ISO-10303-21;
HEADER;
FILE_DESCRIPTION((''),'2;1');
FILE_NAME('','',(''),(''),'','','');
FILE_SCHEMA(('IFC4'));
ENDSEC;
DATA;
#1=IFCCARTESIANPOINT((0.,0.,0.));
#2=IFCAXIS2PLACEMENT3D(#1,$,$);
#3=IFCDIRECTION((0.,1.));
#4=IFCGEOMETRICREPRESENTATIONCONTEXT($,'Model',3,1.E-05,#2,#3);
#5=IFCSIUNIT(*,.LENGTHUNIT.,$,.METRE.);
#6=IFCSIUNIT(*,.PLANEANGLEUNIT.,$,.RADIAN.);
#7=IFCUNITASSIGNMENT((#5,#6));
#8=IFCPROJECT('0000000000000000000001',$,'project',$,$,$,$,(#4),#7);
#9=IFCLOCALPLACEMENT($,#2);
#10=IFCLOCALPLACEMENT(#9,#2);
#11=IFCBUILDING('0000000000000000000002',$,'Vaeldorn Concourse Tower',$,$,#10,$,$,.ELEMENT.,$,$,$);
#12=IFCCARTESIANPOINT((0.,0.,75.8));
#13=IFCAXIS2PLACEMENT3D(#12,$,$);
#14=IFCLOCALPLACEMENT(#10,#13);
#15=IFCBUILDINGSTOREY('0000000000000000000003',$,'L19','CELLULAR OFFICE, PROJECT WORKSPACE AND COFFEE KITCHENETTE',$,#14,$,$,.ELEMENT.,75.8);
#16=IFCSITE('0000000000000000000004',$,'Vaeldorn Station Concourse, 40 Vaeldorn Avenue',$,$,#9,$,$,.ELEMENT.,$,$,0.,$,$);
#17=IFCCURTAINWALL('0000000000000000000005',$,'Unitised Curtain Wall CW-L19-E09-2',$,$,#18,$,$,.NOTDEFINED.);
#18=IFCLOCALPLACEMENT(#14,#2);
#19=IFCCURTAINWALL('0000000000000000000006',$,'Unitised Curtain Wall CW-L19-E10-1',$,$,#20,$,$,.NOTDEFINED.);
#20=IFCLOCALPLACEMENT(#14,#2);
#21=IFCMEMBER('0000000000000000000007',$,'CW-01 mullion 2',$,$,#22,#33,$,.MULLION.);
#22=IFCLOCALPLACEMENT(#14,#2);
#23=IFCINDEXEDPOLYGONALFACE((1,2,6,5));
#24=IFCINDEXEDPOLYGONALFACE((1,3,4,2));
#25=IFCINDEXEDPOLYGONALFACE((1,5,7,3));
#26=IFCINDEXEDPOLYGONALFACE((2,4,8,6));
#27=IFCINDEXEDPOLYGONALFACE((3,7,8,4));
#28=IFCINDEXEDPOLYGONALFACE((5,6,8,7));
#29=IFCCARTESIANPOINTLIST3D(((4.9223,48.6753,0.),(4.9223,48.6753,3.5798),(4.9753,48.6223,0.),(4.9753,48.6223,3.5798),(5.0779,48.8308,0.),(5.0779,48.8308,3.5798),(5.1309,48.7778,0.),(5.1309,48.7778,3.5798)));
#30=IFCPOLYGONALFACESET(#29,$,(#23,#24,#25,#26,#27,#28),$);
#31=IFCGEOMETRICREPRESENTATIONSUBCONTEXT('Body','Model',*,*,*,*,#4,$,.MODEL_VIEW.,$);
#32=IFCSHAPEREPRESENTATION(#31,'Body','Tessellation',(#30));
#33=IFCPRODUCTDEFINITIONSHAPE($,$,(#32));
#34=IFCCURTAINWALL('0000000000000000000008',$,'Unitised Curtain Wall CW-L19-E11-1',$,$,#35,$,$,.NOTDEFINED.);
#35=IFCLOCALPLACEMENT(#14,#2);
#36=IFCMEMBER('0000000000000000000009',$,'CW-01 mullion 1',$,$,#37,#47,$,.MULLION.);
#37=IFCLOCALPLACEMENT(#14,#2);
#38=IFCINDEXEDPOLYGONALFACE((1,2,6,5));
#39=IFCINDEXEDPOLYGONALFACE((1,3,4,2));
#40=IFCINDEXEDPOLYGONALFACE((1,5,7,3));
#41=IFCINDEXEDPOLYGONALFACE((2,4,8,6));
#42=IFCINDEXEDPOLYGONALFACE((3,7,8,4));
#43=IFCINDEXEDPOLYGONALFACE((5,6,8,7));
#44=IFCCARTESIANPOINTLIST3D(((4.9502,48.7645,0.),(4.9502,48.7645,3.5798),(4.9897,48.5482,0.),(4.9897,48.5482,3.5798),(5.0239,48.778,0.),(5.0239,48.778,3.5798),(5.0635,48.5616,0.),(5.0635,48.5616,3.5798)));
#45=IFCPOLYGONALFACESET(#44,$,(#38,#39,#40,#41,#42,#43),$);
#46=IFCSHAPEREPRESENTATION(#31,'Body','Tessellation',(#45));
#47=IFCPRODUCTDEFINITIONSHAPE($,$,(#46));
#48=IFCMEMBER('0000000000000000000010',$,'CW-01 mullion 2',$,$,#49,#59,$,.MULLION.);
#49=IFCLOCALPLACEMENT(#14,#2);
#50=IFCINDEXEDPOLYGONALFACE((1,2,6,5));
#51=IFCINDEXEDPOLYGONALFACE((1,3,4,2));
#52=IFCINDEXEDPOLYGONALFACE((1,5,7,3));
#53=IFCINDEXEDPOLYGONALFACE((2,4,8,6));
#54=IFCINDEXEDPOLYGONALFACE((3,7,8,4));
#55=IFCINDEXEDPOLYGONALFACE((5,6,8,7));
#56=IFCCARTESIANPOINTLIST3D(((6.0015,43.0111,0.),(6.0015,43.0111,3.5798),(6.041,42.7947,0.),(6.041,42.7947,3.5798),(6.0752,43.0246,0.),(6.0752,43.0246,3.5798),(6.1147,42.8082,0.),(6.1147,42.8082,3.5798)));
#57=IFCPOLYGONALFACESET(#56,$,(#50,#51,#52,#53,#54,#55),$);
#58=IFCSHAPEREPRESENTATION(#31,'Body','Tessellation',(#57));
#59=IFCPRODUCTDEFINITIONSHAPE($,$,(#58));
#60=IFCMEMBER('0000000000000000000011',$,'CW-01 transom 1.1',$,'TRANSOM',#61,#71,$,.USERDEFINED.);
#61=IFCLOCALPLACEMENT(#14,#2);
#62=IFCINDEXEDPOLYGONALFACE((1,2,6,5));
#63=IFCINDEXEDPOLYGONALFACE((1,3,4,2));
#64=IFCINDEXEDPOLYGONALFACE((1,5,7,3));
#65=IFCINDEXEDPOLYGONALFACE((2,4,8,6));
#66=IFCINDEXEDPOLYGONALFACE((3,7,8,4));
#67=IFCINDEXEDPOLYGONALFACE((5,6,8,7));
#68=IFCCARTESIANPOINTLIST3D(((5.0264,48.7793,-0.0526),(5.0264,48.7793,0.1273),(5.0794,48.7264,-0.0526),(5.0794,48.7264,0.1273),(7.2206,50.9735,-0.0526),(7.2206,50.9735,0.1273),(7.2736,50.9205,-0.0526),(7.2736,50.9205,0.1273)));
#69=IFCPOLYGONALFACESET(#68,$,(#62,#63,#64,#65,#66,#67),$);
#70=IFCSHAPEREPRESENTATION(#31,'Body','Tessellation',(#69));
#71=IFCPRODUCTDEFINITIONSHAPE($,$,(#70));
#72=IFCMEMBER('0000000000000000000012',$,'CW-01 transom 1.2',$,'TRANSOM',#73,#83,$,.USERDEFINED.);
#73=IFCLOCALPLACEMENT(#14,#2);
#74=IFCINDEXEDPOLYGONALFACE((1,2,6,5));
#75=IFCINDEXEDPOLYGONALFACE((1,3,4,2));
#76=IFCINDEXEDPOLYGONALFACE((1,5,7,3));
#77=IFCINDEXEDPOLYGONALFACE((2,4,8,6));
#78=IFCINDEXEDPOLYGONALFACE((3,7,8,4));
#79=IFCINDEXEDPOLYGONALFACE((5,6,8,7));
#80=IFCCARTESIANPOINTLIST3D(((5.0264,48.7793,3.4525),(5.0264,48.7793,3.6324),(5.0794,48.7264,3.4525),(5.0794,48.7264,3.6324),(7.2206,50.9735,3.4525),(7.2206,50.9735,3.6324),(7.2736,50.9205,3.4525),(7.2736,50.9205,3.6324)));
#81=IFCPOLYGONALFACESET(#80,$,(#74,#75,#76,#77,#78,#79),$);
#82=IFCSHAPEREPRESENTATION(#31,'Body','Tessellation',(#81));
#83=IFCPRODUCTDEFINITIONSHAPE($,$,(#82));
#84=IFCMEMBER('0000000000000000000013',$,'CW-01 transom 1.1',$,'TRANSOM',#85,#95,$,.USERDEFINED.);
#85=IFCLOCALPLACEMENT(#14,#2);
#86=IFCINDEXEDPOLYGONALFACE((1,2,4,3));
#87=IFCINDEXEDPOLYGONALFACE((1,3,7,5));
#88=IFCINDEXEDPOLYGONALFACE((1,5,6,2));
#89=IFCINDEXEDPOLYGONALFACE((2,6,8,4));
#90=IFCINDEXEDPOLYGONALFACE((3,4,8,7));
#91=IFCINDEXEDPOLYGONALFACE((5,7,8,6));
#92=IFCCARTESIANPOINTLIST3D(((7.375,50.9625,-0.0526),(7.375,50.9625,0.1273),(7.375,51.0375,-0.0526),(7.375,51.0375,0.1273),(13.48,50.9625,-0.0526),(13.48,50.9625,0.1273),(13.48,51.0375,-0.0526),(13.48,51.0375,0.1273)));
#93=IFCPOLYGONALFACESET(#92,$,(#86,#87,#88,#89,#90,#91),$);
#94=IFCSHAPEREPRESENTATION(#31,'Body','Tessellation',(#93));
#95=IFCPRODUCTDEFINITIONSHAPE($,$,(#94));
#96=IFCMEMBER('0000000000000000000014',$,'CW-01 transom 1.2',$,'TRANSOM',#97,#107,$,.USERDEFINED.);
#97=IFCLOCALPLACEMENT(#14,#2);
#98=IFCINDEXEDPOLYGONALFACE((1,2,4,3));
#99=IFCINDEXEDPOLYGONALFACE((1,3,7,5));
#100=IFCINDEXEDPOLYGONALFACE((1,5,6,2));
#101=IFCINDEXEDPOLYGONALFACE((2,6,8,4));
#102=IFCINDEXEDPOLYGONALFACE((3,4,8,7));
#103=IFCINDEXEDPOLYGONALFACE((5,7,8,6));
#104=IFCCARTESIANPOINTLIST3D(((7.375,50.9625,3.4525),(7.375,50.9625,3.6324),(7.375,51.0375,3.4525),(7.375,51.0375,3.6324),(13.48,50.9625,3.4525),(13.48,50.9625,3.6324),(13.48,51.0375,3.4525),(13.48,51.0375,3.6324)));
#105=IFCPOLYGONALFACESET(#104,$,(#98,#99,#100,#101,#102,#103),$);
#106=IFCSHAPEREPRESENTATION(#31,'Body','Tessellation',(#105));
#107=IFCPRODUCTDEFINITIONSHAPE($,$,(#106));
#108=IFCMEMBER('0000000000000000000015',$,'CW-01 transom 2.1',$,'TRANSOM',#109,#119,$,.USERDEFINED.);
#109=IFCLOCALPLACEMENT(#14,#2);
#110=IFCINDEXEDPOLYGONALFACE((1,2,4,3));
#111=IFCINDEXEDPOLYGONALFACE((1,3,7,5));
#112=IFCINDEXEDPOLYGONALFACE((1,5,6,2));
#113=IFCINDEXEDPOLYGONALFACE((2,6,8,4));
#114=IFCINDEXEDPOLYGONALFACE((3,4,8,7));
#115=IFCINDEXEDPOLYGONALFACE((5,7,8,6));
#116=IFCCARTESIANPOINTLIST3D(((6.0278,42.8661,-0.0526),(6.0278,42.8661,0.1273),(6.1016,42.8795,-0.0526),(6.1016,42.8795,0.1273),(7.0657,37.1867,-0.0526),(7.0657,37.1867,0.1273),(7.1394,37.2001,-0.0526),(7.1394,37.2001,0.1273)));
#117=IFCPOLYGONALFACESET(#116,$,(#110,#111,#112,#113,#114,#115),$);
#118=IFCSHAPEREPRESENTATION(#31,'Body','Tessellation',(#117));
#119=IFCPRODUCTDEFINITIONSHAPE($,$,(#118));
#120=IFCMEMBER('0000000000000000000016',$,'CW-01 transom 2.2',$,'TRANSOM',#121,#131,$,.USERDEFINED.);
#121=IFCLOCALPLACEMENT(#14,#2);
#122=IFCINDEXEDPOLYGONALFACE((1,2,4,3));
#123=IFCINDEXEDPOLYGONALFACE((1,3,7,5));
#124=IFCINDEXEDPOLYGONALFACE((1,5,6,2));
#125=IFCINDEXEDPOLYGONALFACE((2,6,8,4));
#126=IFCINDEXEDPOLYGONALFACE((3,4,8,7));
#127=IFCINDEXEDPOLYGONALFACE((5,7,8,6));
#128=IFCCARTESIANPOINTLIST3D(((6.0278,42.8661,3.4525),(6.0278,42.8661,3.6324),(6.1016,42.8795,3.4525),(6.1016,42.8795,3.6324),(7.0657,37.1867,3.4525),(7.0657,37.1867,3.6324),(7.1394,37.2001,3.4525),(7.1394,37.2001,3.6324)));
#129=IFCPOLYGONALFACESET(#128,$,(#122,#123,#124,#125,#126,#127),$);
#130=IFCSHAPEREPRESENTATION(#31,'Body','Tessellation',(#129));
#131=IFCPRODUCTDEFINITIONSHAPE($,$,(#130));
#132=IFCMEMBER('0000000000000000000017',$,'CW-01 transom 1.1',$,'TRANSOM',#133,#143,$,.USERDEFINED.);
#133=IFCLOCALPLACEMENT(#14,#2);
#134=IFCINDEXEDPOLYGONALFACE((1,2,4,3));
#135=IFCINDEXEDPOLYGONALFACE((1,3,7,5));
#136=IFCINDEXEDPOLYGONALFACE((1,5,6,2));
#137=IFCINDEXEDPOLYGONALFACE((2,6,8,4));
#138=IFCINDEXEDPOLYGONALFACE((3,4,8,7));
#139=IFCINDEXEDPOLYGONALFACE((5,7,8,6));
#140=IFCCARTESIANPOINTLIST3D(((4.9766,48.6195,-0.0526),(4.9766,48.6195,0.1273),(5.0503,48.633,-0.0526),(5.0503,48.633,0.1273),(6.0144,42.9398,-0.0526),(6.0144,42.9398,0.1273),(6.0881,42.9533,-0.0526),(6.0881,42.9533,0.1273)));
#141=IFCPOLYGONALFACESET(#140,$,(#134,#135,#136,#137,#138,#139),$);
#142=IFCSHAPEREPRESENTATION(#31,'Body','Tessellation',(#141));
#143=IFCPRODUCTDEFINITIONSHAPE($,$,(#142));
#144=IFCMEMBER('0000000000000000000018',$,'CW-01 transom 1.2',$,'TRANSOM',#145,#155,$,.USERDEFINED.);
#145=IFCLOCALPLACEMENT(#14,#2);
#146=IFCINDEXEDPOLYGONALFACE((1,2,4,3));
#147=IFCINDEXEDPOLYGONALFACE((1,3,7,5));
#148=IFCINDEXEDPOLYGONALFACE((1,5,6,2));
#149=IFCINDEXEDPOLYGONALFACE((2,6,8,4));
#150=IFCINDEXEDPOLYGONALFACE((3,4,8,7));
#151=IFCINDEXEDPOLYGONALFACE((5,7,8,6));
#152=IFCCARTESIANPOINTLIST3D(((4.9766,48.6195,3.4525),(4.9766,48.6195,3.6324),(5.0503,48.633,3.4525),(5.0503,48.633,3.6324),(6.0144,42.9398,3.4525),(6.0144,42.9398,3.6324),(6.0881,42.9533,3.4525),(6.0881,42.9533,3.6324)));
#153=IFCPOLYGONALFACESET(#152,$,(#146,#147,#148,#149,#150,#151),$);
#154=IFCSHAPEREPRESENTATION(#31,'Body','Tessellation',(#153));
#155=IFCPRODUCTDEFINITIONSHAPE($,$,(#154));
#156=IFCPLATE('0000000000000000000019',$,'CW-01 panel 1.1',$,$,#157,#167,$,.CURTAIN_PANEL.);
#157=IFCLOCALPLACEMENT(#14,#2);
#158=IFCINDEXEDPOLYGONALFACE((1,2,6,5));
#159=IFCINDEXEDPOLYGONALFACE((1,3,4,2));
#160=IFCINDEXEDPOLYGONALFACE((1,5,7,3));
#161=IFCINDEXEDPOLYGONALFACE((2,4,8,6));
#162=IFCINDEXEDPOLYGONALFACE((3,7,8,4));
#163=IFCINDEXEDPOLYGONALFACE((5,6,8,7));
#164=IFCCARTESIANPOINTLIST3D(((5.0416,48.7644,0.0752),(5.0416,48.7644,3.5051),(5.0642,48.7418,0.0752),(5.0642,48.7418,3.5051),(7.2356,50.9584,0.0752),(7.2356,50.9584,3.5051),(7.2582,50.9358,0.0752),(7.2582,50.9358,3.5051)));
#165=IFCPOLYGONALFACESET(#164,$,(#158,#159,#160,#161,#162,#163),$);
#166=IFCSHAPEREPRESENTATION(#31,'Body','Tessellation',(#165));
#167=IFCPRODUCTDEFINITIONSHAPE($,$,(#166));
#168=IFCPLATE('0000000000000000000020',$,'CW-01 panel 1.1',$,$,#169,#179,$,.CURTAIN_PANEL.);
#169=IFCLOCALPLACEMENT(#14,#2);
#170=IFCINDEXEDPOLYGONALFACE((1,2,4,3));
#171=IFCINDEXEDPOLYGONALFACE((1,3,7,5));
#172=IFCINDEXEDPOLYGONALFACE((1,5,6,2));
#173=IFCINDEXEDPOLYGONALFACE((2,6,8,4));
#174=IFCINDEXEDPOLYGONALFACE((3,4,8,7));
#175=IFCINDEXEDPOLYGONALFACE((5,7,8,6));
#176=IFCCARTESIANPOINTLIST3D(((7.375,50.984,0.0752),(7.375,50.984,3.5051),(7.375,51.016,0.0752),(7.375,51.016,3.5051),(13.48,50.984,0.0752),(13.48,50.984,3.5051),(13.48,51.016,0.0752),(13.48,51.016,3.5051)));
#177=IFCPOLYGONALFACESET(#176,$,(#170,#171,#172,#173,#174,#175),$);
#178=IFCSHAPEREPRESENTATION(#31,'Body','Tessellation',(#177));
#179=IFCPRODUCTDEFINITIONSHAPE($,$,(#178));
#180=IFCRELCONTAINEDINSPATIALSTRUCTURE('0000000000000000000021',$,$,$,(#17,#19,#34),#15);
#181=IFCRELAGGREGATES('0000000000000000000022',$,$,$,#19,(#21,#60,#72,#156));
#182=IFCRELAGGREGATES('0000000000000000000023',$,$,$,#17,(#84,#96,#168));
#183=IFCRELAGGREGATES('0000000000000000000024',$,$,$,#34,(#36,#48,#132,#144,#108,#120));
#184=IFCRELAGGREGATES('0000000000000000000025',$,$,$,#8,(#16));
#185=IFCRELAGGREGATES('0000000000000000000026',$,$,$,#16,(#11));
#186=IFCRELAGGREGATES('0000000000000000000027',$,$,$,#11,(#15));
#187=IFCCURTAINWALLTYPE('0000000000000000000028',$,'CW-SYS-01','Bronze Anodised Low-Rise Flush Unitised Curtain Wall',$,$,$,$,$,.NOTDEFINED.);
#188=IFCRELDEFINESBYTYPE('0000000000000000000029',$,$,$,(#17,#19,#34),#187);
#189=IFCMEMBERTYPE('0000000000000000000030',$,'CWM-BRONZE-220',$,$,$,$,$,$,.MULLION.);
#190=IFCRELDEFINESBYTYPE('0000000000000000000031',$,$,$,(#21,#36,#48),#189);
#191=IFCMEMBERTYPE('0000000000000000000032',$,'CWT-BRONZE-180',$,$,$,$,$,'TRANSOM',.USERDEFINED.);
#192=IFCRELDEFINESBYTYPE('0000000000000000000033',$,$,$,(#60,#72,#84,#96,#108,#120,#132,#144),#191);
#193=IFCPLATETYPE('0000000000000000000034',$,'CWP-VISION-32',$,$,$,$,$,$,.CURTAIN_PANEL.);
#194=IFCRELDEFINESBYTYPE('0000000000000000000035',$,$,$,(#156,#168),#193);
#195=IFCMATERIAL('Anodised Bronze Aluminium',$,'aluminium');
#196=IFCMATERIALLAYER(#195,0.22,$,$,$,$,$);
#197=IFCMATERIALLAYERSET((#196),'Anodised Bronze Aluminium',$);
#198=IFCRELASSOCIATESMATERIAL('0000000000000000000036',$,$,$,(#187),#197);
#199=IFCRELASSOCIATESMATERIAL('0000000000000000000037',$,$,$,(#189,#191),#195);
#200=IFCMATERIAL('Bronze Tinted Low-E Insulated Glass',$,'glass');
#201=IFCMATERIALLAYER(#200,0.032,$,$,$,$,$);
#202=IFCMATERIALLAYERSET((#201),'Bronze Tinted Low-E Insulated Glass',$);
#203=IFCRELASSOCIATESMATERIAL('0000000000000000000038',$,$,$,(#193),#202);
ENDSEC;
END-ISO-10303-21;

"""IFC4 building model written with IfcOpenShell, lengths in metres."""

from ifc_helpers import new_model, si_unit, direction, frame, origin, origin_2d, place, context, subcontext, project, spatial, rectangle, extrude, source, transform, mapped, material, layer, layer_set, material_profile, profile_set, type_object, element, aggregate, save


model = new_model("IFC4")

# Units and contexts
model_context = context("Model", 3, precision=1e-05, world=origin(), true_north=direction((0.0, 1.0)))
body_context = subcontext(model_context, "Body", "Model", "MODEL_VIEW")
ifc_project = project(units=[si_unit("LENGTHUNIT", "METRE"), si_unit("PLANEANGLEUNIT", "RADIAN")], contexts=[model_context])

# Site, building, storey
site_placement = place(None, origin())
site = spatial("IfcSite", under=ifc_project, at=site_placement, Name="Vaeldorn Station Concourse, 40 Vaeldorn Avenue", CompositionType="ELEMENT", RefElevation=0.0)
building_placement = place(site_placement, origin())
building = spatial("IfcBuilding", under=site, at=building_placement, Name="Vaeldorn Concourse Tower", CompositionType="ELEMENT")
storey_placement = place(building_placement, frame((0.0, 0.0, 75.8)))
storey = spatial("IfcBuildingStorey", under=building, at=storey_placement, Name="L19", Description="CELLULAR OFFICE, PROJECT WORKSPACE AND COFFEE KITCHENETTE", CompositionType="ELEMENT", Elevation=75.8)

# Curtain walls, members
ifc_material_1 = material(Name="Anodised Bronze Aluminium", Category="aluminium")
ifc_layer_1 = layer(ifc_material_1, 0.22)
ifc_layer_set_1 = layer_set([ifc_layer_1], Name="Anodised Bronze Aluminium")
curtain_wall_type = type_object("IfcCurtainWallType", Name="CW-SYS-01", Description="Bronze Anodised Low-Rise Flush Unitised Curtain Wall", PredefinedType="NOTDEFINED", material=ifc_layer_set_1)
curtain_wall_1_placement = place(storey_placement, origin())
curtain_wall_1 = element("IfcCurtainWall", 1, at=curtain_wall_1_placement, inside=storey, type_object=curtain_wall_type, Name="Unitised Curtain Wall CW-L19-E09-2", PredefinedType="NOTDEFINED")
ifc_material_profile_1 = material_profile(ifc_material_1, rectangle(XDim=0.075, YDim=0.22, at=origin_2d()), Name="CWM 75x220")
ifc_profile_set_1 = profile_set([ifc_material_profile_1], Name="Anodised Bronze Aluminium")
member_type_1 = type_object("IfcMemberType", Name="CWM-BRONZE-220", PredefinedType="MULLION", material=ifc_profile_set_1)
shared_shape_1 = source(origin(), body_context, "Body", "SweptSolid", [
    extrude(rectangle(XDim=0.075, YDim=0.22, at=origin_2d()), origin(), (0.0, 0.0, 1.0), 3.5798),
])
curtain_wall_2_placement = place(storey_placement, origin())
curtain_wall_2 = element("IfcCurtainWall", 2, at=curtain_wall_2_placement, inside=storey, type_object=curtain_wall_type, Name="Unitised Curtain Wall CW-L19-E10-1", PredefinedType="NOTDEFINED")
member_1_placement = place(storey_placement, frame((5.0266, 48.7266, 0.0), z_axis=(0.0, 0.0, 1.0), x_axis=(0.707107, -0.707107, 0.0)))
member_1 = element("IfcMember", 3, at=member_1_placement, type_object=member_type_1, Name="CW-01 mullion 2", PredefinedType="MULLION", context=body_context, shape_type="MappedRepresentation", body=[
    mapped(shared_shape_1, transform((0.0, 0.0, 0.0), scale=1.0)),
])
curtain_wall_3_placement = place(storey_placement, origin())
curtain_wall_3 = element("IfcCurtainWall", 4, at=curtain_wall_3_placement, inside=storey, type_object=curtain_wall_type, Name="Unitised Curtain Wall CW-L19-E11-1", PredefinedType="NOTDEFINED")
member_2_placement = place(storey_placement, frame((5.0068, 48.6631, 0.0), z_axis=(0.0, 0.0, 1.0), x_axis=(0.983712, 0.179753, 0.0)))
member_2 = element("IfcMember", 5, at=member_2_placement, type_object=member_type_1, Name="CW-01 mullion 1", PredefinedType="MULLION", context=body_context, shape_type="MappedRepresentation", body=[
    mapped(shared_shape_1, transform((0.0, 0.0, 0.0), scale=1.0)),
])
member_3_placement = place(storey_placement, frame((6.0581, 42.9097, 0.0), z_axis=(0.0, 0.0, 1.0), x_axis=(0.983712, 0.179753, 0.0)))
member_3 = element("IfcMember", 6, at=member_3_placement, type_object=member_type_1, Name="CW-01 mullion 2", PredefinedType="MULLION", context=body_context, shape_type="MappedRepresentation", body=[
    mapped(shared_shape_1, transform((0.0, 0.0, 0.0), scale=1.0)),
])

# Members
ifc_material_profile_2 = material_profile(ifc_material_1, rectangle(XDim=0.075, YDim=0.1799, at=origin_2d()), Name="CWT 75x180")
ifc_profile_set_2 = profile_set([ifc_material_profile_2], Name="Anodised Bronze Aluminium")
member_type_2 = type_object("IfcMemberType", Name="CWT-BRONZE-180", ElementType="TRANSOM", PredefinedType="USERDEFINED", material=ifc_profile_set_2)
shared_shape_2 = source(origin(), body_context, "Body", "SweptSolid", [
    extrude(rectangle(XDim=0.075, YDim=0.1799, at=origin_2d()), origin(), (0.0, 0.0, 1.0), 3.103),
])
member_4_placement = place(storey_placement, frame((7.2471, 50.947, 0.0374), z_axis=(-0.707107, -0.707107, 0.0), x_axis=(0.707107, -0.707107, 0.0)))
member_4 = element("IfcMember", 7, at=member_4_placement, type_object=member_type_2, Name="CW-01 transom 1.1", ObjectType="TRANSOM", PredefinedType="USERDEFINED", context=body_context, shape_type="MappedRepresentation", body=[
    mapped(shared_shape_2, transform((0.0, 0.0, 0.0), scale=1.0)),
])
member_5_placement = place(storey_placement, frame((7.2471, 50.947, 3.5425), z_axis=(-0.707107, -0.707107, 0.0), x_axis=(0.707107, -0.707107, 0.0)))
member_5 = element("IfcMember", 8, at=member_5_placement, type_object=member_type_2, Name="CW-01 transom 1.2", ObjectType="TRANSOM", PredefinedType="USERDEFINED", context=body_context, shape_type="MappedRepresentation", body=[
    mapped(shared_shape_2, transform((0.0, 0.0, 0.0), scale=1.0)),
])
shared_shape_3 = source(origin(), body_context, "Body", "SweptSolid", [
    extrude(rectangle(XDim=0.075, YDim=0.1799, at=origin_2d()), origin(), (0.0, 0.0, 1.0), 6.105),
])
member_6_placement = place(storey_placement, frame((13.48, 51.0, 0.0374), z_axis=(-1.0, 0.0, 0.0), x_axis=(0.0, -1.0, 0.0)))
member_6 = element("IfcMember", 9, at=member_6_placement, type_object=member_type_2, Name="CW-01 transom 1.1", ObjectType="TRANSOM", PredefinedType="USERDEFINED", context=body_context, shape_type="MappedRepresentation", body=[
    mapped(shared_shape_3, transform((0.0, 0.0, 0.0), scale=1.0)),
])
member_7_placement = place(storey_placement, frame((13.48, 51.0, 3.5425), z_axis=(-1.0, 0.0, 0.0), x_axis=(0.0, -1.0, 0.0)))
member_7 = element("IfcMember", 10, at=member_7_placement, type_object=member_type_2, Name="CW-01 transom 1.2", ObjectType="TRANSOM", PredefinedType="USERDEFINED", context=body_context, shape_type="MappedRepresentation", body=[
    mapped(shared_shape_3, transform((0.0, 0.0, 0.0), scale=1.0)),
])
shared_shape_4 = source(origin(), body_context, "Body", "SweptSolid", [
    extrude(rectangle(XDim=0.075, YDim=0.1799, at=origin_2d()), origin(), (0.0, 0.0, 1.0), 5.7734),
])
member_8_placement = place(storey_placement, frame((6.0647, 42.8728, 0.0374), z_axis=(0.17976, -0.983711, 0.0), x_axis=(0.983711, 0.17976, 0.0)))
member_8 = element("IfcMember", 11, at=member_8_placement, type_object=member_type_2, Name="CW-01 transom 2.1", ObjectType="TRANSOM", PredefinedType="USERDEFINED", context=body_context, shape_type="MappedRepresentation", body=[
    mapped(shared_shape_4, transform((0.0, 0.0, 0.0), scale=1.0)),
])
member_9_placement = place(storey_placement, frame((6.0647, 42.8728, 3.5425), z_axis=(0.17976, -0.983711, 0.0), x_axis=(0.983711, 0.17976, 0.0)))
member_9 = element("IfcMember", 12, at=member_9_placement, type_object=member_type_2, Name="CW-01 transom 2.2", ObjectType="TRANSOM", PredefinedType="USERDEFINED", context=body_context, shape_type="MappedRepresentation", body=[
    mapped(shared_shape_4, transform((0.0, 0.0, 0.0), scale=1.0)),
])
shared_shape_5 = source(origin(), body_context, "Body", "SweptSolid", [
    extrude(rectangle(XDim=0.075, YDim=0.1799, at=origin_2d()), origin(), (0.0, 0.0, 1.0), 5.7737),
])
member_10_placement = place(storey_placement, frame((5.0134, 48.6262, 0.0374), z_axis=(0.179752, -0.983712, 0.0), x_axis=(0.983712, 0.179752, 0.0)))
member_10 = element("IfcMember", 13, at=member_10_placement, type_object=member_type_2, Name="CW-01 transom 1.1", ObjectType="TRANSOM", PredefinedType="USERDEFINED", context=body_context, shape_type="MappedRepresentation", body=[
    mapped(shared_shape_5, transform((0.0, 0.0, 0.0), scale=1.0)),
])
member_11_placement = place(storey_placement, frame((5.0134, 48.6262, 3.5425), z_axis=(0.179752, -0.983712, 0.0), x_axis=(0.983712, 0.179752, 0.0)))
member_11 = element("IfcMember", 14, at=member_11_placement, type_object=member_type_2, Name="CW-01 transom 1.2", ObjectType="TRANSOM", PredefinedType="USERDEFINED", context=body_context, shape_type="MappedRepresentation", body=[
    mapped(shared_shape_5, transform((0.0, 0.0, 0.0), scale=1.0)),
])

# Plates
ifc_material_2 = material(Name="Bronze Tinted Low-E Insulated Glass", Category="glass")
ifc_layer_2 = layer(ifc_material_2, 0.032)
ifc_layer_set_2 = layer_set([ifc_layer_2], Name="Bronze Tinted Low-E Insulated Glass")
plate_type = type_object("IfcPlateType", Name="CWP-VISION-32", PredefinedType="CURTAIN_PANEL", material=ifc_layer_set_2)
shared_shape_6 = source(origin(), body_context, "Body", "SweptSolid", [
    extrude(rectangle(XDim=3.1028, YDim=0.032, at=origin_2d()), origin(), (0.0, 0.0, 1.0), 3.4299),
])
plate_1_placement = place(storey_placement, frame((6.1499, 49.8501, 0.0752), z_axis=(0.0, 0.0, 1.0), x_axis=(-0.707107, -0.707107, 0.0)))
plate_1 = element("IfcPlate", 15, at=plate_1_placement, type_object=plate_type, Name="CW-01 panel 1.1", PredefinedType="CURTAIN_PANEL", context=body_context, shape_type="MappedRepresentation", body=[
    mapped(shared_shape_6, transform((0.0, 0.0, 0.0), scale=1.0)),
])
aggregate(curtain_wall_2, [member_1, member_4, member_5, plate_1])
shared_shape_7 = source(origin(), body_context, "Body", "SweptSolid", [
    extrude(rectangle(XDim=6.105, YDim=0.032, at=origin_2d()), origin(), (0.0, 0.0, 1.0), 3.4299),
])
plate_2_placement = place(storey_placement, frame((10.4275, 51.0, 0.0752), z_axis=(0.0, 0.0, 1.0), x_axis=(-1.0, 0.0, 0.0)))
plate_2 = element("IfcPlate", 16, at=plate_2_placement, type_object=plate_type, Name="CW-01 panel 1.1", PredefinedType="CURTAIN_PANEL", context=body_context, shape_type="MappedRepresentation", body=[
    mapped(shared_shape_7, transform((0.0, 0.0, 0.0), scale=1.0)),
])
aggregate(curtain_wall_1, [member_6, member_7, plate_2])
aggregate(curtain_wall_3, [member_2, member_3, member_10, member_11, member_8, member_9])

save(model, "model.ifc")
